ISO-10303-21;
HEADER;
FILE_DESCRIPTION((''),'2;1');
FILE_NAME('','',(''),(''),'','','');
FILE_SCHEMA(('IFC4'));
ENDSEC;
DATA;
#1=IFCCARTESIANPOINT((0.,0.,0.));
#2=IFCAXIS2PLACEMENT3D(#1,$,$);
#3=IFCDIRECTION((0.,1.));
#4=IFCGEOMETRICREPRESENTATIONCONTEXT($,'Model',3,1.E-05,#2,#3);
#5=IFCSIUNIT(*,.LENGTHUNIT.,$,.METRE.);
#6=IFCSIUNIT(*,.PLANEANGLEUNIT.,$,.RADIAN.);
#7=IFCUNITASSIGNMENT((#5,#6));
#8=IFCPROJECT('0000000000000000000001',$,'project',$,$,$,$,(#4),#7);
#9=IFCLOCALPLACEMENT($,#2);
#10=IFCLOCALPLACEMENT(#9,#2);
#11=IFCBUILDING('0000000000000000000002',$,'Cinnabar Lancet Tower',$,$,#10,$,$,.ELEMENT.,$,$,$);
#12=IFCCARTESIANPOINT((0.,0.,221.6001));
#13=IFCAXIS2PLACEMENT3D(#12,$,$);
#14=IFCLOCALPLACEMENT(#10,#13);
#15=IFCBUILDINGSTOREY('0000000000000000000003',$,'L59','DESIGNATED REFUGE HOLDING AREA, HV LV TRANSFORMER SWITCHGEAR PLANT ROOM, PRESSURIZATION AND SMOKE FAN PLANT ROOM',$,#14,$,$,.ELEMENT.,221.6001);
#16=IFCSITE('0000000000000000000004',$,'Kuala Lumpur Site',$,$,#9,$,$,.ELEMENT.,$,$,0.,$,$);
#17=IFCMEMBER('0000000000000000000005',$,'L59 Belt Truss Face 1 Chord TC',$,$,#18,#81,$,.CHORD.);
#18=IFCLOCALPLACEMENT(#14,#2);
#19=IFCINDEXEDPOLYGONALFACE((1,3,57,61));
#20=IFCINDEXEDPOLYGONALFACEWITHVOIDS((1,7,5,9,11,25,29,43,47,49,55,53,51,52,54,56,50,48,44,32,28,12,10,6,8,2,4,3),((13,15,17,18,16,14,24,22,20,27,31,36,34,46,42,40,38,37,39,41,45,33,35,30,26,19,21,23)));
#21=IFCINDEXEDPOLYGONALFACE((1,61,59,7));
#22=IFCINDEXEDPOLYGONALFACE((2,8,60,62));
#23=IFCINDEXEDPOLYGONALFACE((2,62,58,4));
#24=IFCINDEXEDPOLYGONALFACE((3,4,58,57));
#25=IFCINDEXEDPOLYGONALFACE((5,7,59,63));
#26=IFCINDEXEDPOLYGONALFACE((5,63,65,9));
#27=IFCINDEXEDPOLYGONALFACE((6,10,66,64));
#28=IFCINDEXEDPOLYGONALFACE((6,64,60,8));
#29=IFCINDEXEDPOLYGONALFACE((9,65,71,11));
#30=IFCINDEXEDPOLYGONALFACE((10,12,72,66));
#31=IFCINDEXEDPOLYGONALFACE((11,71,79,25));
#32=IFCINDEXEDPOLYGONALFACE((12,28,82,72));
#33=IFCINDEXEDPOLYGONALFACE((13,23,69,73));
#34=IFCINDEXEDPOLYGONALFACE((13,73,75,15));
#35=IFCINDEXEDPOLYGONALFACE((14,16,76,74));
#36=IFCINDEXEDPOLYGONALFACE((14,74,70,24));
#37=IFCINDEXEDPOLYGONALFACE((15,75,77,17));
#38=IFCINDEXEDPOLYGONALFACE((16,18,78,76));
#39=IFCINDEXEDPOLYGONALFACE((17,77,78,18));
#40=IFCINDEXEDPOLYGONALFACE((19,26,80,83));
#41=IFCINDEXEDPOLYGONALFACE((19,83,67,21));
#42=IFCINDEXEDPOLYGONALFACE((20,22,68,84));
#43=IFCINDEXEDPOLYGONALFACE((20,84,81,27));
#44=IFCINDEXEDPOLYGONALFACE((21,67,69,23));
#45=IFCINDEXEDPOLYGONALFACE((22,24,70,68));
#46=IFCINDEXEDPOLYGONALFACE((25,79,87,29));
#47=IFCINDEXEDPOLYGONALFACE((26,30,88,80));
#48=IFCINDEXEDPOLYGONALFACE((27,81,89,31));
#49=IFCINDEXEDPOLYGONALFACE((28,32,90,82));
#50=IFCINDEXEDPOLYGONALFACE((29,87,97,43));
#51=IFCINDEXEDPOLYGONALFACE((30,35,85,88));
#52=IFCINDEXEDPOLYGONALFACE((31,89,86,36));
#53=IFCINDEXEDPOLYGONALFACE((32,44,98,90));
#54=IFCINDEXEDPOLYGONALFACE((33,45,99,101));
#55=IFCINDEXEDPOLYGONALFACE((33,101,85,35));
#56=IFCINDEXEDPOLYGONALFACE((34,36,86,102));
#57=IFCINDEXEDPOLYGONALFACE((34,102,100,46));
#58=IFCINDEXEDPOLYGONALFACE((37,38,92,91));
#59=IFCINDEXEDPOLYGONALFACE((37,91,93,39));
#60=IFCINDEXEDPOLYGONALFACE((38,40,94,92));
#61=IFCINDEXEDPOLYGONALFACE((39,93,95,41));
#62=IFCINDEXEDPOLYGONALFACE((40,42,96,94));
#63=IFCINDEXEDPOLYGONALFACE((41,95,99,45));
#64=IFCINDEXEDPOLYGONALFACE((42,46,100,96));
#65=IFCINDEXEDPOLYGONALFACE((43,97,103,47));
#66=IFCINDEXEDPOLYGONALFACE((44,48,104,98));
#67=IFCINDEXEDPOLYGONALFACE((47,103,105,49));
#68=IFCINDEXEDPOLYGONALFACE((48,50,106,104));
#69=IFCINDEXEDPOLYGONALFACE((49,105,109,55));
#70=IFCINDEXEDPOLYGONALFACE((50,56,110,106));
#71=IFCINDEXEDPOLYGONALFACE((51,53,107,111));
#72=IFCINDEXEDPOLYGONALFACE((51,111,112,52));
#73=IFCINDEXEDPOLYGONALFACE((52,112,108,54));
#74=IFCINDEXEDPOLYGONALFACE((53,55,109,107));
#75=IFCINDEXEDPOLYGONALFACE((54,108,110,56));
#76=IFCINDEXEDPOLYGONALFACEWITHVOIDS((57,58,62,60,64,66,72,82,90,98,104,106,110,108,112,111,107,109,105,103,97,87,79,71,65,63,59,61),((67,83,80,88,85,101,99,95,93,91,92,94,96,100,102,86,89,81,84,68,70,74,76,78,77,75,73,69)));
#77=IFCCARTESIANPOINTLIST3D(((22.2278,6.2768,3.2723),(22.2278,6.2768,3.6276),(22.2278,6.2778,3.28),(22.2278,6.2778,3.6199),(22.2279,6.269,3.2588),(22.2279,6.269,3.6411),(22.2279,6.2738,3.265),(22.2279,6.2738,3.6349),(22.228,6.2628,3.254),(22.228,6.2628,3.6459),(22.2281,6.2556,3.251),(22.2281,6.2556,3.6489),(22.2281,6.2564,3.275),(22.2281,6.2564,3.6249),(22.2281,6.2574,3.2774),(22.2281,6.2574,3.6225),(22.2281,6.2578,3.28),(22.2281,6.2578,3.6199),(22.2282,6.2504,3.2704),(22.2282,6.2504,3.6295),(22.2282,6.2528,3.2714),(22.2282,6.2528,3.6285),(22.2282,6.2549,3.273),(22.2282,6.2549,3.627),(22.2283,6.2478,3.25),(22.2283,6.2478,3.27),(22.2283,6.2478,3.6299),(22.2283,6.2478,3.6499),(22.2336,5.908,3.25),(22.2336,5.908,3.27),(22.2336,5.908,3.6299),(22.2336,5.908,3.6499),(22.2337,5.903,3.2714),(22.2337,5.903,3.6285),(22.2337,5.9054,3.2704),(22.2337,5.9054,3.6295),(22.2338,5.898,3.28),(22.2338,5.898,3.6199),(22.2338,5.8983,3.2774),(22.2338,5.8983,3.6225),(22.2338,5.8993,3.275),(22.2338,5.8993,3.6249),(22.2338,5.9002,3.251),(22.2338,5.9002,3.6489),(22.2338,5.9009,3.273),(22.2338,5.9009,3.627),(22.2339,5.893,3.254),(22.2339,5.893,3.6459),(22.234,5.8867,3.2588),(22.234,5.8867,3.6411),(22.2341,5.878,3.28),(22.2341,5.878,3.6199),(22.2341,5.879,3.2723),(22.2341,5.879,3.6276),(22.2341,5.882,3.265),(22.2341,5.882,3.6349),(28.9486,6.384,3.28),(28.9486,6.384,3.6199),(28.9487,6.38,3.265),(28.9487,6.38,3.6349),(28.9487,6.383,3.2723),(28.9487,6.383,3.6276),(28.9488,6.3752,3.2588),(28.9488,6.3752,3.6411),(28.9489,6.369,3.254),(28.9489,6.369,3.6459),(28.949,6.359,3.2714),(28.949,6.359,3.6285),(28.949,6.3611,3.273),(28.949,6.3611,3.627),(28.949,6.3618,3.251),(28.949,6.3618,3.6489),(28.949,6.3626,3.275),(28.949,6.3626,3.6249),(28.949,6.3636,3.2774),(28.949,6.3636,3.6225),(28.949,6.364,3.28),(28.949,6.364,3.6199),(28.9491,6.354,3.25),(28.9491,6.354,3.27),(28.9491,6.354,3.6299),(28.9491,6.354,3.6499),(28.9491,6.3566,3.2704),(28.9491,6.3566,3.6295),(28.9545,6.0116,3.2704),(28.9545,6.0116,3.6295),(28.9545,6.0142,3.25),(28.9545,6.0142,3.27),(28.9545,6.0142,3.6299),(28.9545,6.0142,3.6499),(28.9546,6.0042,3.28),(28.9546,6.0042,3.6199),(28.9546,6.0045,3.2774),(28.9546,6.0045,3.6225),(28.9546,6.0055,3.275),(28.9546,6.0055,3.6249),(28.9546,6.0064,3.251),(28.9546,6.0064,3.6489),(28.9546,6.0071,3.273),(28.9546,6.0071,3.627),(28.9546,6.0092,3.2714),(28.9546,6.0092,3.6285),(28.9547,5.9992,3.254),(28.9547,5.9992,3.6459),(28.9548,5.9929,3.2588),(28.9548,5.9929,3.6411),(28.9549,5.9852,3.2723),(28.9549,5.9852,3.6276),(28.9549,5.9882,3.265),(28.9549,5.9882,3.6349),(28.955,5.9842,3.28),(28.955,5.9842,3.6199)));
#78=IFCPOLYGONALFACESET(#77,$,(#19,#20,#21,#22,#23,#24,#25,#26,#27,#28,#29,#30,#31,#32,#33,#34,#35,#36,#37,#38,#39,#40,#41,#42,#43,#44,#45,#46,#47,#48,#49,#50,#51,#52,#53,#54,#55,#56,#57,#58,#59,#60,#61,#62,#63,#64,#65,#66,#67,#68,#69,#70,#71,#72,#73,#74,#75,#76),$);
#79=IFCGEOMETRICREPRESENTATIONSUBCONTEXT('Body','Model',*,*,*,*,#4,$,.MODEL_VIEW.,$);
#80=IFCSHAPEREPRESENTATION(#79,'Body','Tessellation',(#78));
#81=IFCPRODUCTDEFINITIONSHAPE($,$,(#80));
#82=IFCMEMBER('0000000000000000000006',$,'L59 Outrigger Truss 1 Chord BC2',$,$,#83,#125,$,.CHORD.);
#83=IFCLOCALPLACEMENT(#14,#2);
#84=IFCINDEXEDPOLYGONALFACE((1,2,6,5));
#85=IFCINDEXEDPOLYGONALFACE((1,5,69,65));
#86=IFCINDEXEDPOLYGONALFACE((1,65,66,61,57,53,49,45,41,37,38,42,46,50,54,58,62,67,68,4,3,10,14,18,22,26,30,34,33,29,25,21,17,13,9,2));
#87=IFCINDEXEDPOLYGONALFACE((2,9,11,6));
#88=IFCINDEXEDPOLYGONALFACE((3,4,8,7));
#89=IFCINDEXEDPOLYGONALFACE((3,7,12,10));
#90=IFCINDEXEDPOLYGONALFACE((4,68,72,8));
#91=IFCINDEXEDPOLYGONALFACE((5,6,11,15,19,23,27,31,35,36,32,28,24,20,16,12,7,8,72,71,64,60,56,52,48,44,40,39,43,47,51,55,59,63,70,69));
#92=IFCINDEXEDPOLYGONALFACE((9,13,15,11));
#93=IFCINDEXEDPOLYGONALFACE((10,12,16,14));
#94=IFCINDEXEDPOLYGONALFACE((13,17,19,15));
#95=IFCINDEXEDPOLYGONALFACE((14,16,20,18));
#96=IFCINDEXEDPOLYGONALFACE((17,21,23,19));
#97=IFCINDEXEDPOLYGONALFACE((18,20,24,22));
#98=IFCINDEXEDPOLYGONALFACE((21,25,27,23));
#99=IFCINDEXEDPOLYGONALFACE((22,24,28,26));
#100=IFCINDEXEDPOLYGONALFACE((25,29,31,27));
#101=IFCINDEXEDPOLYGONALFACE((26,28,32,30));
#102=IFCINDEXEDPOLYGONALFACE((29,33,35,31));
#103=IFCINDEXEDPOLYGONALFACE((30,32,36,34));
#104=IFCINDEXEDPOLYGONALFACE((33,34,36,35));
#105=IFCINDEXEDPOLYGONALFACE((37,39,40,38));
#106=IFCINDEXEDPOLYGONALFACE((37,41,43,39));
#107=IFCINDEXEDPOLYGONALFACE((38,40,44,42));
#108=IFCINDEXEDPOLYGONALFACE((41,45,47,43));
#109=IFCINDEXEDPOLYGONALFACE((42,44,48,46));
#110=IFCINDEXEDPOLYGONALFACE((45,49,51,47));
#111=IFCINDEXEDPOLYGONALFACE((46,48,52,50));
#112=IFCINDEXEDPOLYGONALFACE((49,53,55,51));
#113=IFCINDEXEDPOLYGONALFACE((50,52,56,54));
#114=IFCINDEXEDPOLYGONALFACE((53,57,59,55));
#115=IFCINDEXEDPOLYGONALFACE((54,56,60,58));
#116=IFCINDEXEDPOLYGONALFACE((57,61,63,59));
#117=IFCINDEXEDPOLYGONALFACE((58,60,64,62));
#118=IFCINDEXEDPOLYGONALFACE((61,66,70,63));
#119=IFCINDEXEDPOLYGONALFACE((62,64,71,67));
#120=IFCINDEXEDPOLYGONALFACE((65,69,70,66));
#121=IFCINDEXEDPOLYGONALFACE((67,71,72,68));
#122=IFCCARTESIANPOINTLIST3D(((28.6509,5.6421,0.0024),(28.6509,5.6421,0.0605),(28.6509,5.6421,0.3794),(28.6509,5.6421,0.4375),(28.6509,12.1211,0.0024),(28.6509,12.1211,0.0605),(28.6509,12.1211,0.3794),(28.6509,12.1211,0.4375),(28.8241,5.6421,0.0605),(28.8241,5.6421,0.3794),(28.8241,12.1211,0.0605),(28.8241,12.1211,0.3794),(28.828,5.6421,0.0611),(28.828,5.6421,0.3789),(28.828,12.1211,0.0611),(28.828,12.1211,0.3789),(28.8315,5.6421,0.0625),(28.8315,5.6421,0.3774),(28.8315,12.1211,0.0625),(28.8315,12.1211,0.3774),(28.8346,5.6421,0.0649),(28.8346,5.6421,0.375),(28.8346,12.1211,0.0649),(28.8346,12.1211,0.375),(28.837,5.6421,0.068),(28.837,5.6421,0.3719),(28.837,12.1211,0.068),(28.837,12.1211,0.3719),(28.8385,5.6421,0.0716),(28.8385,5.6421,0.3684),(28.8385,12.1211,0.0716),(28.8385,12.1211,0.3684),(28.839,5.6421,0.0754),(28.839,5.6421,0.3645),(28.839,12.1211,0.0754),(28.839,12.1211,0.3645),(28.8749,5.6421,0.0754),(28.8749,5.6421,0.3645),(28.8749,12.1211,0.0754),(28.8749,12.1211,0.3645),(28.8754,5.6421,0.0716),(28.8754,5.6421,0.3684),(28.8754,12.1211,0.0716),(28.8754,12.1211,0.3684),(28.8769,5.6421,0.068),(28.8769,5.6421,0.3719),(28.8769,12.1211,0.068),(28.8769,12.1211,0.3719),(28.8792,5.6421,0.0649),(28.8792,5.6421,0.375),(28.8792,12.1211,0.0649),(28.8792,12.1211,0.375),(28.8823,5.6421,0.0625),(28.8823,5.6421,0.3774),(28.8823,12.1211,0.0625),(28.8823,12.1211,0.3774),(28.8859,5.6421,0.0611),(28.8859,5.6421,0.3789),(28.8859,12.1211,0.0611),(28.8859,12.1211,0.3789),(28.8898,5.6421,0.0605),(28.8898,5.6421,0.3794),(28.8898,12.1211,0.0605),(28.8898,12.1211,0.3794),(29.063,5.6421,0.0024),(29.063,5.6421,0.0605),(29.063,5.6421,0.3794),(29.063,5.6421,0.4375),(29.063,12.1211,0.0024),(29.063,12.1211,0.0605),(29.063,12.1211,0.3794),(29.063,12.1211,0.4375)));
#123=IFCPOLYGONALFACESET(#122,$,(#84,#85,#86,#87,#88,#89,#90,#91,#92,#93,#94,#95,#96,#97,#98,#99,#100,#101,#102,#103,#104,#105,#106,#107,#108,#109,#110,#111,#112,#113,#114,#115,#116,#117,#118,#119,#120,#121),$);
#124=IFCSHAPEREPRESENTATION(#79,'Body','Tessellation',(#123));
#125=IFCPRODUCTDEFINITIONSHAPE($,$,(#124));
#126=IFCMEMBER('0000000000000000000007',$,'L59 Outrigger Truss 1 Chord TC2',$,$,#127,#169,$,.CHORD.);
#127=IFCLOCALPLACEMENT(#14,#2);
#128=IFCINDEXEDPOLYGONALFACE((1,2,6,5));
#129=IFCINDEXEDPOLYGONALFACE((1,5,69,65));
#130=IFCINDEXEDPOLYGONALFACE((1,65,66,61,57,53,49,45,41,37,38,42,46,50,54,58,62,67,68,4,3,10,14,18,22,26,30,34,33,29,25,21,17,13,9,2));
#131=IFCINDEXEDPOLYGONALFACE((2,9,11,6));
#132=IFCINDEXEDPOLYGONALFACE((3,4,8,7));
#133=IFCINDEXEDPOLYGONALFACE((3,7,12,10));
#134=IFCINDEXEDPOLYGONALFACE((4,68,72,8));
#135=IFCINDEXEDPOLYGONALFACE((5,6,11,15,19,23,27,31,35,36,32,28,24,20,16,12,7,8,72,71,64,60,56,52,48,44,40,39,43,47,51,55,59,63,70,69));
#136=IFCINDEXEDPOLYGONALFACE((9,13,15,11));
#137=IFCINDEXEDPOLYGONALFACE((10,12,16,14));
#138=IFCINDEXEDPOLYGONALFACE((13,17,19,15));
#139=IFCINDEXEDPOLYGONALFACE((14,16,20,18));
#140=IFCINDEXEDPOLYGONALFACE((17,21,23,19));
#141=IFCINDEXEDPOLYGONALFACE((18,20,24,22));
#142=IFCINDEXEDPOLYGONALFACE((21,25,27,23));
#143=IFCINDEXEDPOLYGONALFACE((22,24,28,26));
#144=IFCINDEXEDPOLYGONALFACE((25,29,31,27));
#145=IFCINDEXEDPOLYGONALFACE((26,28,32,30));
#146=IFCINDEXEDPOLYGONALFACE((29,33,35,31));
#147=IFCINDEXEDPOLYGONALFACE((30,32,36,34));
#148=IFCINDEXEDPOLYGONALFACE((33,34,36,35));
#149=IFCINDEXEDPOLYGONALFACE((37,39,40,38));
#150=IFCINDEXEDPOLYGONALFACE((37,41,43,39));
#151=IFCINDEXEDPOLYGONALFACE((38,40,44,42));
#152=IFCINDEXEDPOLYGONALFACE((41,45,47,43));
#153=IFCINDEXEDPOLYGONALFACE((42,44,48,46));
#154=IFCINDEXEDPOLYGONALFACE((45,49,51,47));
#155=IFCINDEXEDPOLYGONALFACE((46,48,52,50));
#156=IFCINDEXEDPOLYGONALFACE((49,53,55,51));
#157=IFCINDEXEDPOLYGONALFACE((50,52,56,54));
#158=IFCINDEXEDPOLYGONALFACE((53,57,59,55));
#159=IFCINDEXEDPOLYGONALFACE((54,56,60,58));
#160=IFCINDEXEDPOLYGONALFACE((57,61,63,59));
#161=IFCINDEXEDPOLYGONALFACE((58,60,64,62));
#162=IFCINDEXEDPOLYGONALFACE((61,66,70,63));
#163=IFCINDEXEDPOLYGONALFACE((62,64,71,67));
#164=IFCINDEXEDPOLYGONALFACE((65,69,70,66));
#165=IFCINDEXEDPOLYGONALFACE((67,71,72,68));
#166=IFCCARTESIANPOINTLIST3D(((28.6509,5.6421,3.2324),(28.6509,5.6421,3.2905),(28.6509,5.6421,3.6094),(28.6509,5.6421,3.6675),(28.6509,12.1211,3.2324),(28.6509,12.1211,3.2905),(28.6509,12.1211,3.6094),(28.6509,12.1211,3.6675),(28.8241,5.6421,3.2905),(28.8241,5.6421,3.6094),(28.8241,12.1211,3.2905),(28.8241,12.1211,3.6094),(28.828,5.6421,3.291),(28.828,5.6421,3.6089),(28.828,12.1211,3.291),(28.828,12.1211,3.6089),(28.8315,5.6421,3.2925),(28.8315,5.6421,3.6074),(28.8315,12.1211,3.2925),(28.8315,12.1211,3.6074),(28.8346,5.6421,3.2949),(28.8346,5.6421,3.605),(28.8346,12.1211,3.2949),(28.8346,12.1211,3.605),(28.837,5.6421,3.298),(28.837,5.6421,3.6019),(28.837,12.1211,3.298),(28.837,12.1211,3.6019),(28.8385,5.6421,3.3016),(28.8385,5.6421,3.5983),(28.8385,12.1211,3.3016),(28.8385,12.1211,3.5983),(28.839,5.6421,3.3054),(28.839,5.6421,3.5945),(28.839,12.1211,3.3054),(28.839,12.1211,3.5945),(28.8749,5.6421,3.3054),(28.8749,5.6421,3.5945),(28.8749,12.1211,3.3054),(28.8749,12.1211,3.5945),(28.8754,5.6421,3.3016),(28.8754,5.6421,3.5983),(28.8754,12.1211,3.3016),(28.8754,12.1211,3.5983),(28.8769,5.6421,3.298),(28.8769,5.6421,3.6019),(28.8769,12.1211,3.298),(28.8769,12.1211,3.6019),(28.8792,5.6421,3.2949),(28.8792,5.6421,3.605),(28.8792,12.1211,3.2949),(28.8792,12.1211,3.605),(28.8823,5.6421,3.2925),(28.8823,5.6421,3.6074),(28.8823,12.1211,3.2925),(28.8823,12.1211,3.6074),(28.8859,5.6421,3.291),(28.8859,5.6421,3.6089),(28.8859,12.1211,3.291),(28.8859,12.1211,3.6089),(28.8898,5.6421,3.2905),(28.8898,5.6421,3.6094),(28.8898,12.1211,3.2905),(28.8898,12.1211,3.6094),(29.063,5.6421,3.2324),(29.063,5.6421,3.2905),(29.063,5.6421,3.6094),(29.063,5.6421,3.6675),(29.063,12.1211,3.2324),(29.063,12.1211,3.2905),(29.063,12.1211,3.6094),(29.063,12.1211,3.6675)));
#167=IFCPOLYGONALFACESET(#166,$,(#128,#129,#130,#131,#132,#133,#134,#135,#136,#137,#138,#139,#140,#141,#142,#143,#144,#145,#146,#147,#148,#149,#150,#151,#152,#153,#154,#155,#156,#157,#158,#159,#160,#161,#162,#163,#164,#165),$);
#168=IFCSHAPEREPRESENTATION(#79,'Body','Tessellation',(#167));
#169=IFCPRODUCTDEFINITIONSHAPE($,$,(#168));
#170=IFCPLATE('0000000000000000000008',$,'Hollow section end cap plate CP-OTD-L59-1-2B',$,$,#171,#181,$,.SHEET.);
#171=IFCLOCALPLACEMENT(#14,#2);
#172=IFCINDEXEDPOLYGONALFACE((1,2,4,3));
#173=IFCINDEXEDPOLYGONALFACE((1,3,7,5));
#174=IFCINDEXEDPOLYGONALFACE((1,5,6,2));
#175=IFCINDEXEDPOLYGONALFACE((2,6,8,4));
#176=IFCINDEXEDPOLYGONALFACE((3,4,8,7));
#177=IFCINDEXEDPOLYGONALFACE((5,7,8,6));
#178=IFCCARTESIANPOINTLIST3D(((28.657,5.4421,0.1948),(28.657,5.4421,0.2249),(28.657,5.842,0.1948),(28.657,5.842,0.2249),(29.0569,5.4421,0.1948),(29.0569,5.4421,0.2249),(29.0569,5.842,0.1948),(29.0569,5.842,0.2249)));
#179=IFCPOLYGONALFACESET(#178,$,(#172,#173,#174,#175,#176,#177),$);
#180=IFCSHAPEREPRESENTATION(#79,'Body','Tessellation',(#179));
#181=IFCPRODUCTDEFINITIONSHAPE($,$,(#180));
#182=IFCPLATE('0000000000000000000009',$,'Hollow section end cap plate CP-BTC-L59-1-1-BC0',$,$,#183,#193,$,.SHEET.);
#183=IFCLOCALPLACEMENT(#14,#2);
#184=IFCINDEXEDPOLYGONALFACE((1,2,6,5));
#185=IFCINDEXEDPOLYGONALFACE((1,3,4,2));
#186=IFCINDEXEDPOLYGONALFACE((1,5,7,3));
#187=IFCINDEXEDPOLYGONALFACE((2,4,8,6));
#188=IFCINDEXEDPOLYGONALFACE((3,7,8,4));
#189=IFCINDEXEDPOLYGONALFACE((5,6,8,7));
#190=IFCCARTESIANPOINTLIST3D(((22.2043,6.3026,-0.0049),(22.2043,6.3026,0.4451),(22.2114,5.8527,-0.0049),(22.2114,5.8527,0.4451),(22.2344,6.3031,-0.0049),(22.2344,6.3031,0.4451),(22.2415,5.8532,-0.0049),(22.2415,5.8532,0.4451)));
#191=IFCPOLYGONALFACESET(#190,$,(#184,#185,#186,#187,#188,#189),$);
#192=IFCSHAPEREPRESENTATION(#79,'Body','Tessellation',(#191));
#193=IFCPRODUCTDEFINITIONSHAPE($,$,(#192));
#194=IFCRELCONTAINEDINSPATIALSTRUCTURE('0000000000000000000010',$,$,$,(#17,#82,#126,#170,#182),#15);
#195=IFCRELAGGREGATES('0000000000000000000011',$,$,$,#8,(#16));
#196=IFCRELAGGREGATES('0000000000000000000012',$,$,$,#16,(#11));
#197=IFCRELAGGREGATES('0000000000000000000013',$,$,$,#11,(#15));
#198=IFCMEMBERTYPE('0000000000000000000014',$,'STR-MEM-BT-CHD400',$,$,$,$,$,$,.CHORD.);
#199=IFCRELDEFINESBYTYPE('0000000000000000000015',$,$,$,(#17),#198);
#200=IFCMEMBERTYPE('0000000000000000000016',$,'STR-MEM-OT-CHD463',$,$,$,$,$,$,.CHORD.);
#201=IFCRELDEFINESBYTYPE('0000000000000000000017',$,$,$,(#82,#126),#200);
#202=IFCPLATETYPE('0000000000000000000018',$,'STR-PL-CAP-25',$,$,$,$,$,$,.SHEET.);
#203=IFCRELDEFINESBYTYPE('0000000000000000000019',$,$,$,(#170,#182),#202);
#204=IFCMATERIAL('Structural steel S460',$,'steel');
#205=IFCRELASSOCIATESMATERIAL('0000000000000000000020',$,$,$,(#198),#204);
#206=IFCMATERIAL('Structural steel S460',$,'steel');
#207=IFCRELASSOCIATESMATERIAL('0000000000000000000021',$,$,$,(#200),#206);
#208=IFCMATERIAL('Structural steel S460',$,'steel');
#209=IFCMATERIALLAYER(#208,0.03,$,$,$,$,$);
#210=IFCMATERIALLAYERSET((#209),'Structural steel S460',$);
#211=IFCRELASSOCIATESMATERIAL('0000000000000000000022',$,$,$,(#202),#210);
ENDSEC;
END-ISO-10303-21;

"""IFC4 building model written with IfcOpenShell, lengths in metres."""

from ifc_helpers import new_model, si_unit, direction, frame, origin, origin_2d, place, context, subcontext, project, spatial, rectangle, hollow_rectangle, i_section, extrude, material, layer, layer_set, material_profile, profile_set, type_object, element, save


model = new_model("IFC4")

# Units and contexts
model_context = context("Model", 3, precision=1e-05, world=origin(), true_north=direction((0.0, 1.0)))
body_context = subcontext(model_context, "Body", "Model", "MODEL_VIEW")
ifc_project = project(units=[si_unit("LENGTHUNIT", "METRE"), si_unit("PLANEANGLEUNIT", "RADIAN")], contexts=[model_context])

# Site, building, storey
site_placement = place(None, origin())
site = spatial("IfcSite", under=ifc_project, at=site_placement, Name="Kuala Lumpur Site", CompositionType="ELEMENT", RefElevation=0.0)
building_placement = place(site_placement, origin())
building = spatial("IfcBuilding", under=site, at=building_placement, Name="Cinnabar Lancet Tower", CompositionType="ELEMENT")
storey_placement = place(building_placement, frame((0.0, 0.0, 221.6001)))
storey = spatial("IfcBuildingStorey", under=building, at=storey_placement, Name="L59", Description="DESIGNATED REFUGE HOLDING AREA, HV LV TRANSFORMER SWITCHGEAR PLANT ROOM, PRESSURIZATION AND SMOKE FAN PLANT ROOM", CompositionType="ELEMENT", Elevation=221.6001)

# Members
ifc_material_1 = material(Name="Structural steel S460", Category="steel")
ifc_material_profile_1 = material_profile(ifc_material_1, hollow_rectangle(XDim=0.3999, YDim=0.3999, WallThickness=0.02, InnerFilletRadius=0.01, OuterFilletRadius=0.03, at=origin_2d()), Name="SHS 400x400x20")
ifc_profile_set_1 = profile_set([ifc_material_profile_1], Name="Structural steel S460")
member_type_1 = type_object("IfcMemberType", Name="STR-MEM-BT-CHD400", PredefinedType="CHORD", material=ifc_profile_set_1)
for number, where, z_axis, x_axis, name in (
    (1, (22.231, 6.0779, 3.45), (0.999875, 0.0158, 0.0), (-0.0158, 0.999875, 0.0), "L59 Belt Truss Face 1 Chord TC"),
):
    element("IfcMember", number, at=place(storey_placement, frame(where, z_axis=z_axis, x_axis=x_axis)), inside=storey, type_object=member_type_1, Name=name, PredefinedType="CHORD", context=body_context, shape_type="SweptSolid", body=[
        extrude(hollow_rectangle(XDim=0.3999, YDim=0.3999, WallThickness=0.02, InnerFilletRadius=0.01, OuterFilletRadius=0.03, at=origin_2d()), origin(), (0.0, 0.0, 1.0), 6.7217),
    ])
ifc_material_2 = material(Name="Structural steel S460", Category="steel")
ifc_material_profile_2 = material_profile(ifc_material_2, i_section(OverallWidth=0.4121, OverallDepth=0.4351, WebThickness=0.0359, FlangeThickness=0.0581, FilletRadius=0.0149, at=origin_2d()), Name="HD 400x463")
ifc_profile_set_2 = profile_set([ifc_material_profile_2], Name="Structural steel S460")
member_type_2 = type_object("IfcMemberType", Name="STR-MEM-OT-CHD463", PredefinedType="CHORD", material=ifc_profile_set_2)
for number, where, z_axis, x_axis, name in (
    (2, (28.8569, 12.1211, 0.22), (0.0, -1.0, 0.0), (1.0, 0.0, 0.0), "L59 Outrigger Truss 1 Chord BC2"),
    (3, (28.8569, 12.1211, 3.45), (0.0, -1.0, 0.0), (1.0, 0.0, 0.0), "L59 Outrigger Truss 1 Chord TC2"),
):
    element("IfcMember", number, at=place(storey_placement, frame(where, z_axis=z_axis, x_axis=x_axis)), inside=storey, type_object=member_type_2, Name=name, PredefinedType="CHORD", context=body_context, shape_type="SweptSolid", body=[
        extrude(i_section(OverallWidth=0.4121, OverallDepth=0.4351, WebThickness=0.0359, FlangeThickness=0.0581, FilletRadius=0.0149, at=origin_2d()), origin(), (0.0, 0.0, 1.0), 6.479),
    ])

# Plates
ifc_material_3 = material(Name="Structural steel S460", Category="steel")
ifc_layer_1 = layer(ifc_material_3, 0.03)
ifc_layer_set_1 = layer_set([ifc_layer_1], Name="Structural steel S460")
plate_type_1 = type_object("IfcPlateType", Name="STR-PL-CAP-25", PredefinedType="SHEET", material=ifc_layer_set_1)
plate_placement = place(storey_placement, frame((28.8569, 5.6421, 0.1948), z_axis=(0.0, 0.0, 1.0), x_axis=(0.0, -1.0, 0.0)))
element("IfcPlate", 4, at=plate_placement, inside=storey, type_object=plate_type_1, Name="Hollow section end cap plate CP-OTD-L59-1-2B", PredefinedType="SHEET", context=body_context, shape_type="SweptSolid", body=[
    extrude(rectangle(XDim=0.3999, YDim=0.3999, at=origin_2d()), origin(), (0.0, 0.0, 1.0), 0.03),
])
for number, where, z_axis, x_axis, name in (
    (5, (22.2229, 6.0779, -0.0049), (0.0, 0.0, 1.0), (-0.999876, -0.015777, 0.0), "Hollow section end cap plate CP-BTC-L59-1-1-BC0"),
):
    element("IfcPlate", number, at=place(storey_placement, frame(where, z_axis=z_axis, x_axis=x_axis)), inside=storey, type_object=plate_type_1, Name=name, PredefinedType="SHEET", context=body_context, shape_type="SweptSolid", body=[
        extrude(rectangle(XDim=0.03, YDim=0.45, at=origin_2d()), origin(), (0.0, 0.0, 1.0), 0.45),
    ])

save(model, "model.ifc")
